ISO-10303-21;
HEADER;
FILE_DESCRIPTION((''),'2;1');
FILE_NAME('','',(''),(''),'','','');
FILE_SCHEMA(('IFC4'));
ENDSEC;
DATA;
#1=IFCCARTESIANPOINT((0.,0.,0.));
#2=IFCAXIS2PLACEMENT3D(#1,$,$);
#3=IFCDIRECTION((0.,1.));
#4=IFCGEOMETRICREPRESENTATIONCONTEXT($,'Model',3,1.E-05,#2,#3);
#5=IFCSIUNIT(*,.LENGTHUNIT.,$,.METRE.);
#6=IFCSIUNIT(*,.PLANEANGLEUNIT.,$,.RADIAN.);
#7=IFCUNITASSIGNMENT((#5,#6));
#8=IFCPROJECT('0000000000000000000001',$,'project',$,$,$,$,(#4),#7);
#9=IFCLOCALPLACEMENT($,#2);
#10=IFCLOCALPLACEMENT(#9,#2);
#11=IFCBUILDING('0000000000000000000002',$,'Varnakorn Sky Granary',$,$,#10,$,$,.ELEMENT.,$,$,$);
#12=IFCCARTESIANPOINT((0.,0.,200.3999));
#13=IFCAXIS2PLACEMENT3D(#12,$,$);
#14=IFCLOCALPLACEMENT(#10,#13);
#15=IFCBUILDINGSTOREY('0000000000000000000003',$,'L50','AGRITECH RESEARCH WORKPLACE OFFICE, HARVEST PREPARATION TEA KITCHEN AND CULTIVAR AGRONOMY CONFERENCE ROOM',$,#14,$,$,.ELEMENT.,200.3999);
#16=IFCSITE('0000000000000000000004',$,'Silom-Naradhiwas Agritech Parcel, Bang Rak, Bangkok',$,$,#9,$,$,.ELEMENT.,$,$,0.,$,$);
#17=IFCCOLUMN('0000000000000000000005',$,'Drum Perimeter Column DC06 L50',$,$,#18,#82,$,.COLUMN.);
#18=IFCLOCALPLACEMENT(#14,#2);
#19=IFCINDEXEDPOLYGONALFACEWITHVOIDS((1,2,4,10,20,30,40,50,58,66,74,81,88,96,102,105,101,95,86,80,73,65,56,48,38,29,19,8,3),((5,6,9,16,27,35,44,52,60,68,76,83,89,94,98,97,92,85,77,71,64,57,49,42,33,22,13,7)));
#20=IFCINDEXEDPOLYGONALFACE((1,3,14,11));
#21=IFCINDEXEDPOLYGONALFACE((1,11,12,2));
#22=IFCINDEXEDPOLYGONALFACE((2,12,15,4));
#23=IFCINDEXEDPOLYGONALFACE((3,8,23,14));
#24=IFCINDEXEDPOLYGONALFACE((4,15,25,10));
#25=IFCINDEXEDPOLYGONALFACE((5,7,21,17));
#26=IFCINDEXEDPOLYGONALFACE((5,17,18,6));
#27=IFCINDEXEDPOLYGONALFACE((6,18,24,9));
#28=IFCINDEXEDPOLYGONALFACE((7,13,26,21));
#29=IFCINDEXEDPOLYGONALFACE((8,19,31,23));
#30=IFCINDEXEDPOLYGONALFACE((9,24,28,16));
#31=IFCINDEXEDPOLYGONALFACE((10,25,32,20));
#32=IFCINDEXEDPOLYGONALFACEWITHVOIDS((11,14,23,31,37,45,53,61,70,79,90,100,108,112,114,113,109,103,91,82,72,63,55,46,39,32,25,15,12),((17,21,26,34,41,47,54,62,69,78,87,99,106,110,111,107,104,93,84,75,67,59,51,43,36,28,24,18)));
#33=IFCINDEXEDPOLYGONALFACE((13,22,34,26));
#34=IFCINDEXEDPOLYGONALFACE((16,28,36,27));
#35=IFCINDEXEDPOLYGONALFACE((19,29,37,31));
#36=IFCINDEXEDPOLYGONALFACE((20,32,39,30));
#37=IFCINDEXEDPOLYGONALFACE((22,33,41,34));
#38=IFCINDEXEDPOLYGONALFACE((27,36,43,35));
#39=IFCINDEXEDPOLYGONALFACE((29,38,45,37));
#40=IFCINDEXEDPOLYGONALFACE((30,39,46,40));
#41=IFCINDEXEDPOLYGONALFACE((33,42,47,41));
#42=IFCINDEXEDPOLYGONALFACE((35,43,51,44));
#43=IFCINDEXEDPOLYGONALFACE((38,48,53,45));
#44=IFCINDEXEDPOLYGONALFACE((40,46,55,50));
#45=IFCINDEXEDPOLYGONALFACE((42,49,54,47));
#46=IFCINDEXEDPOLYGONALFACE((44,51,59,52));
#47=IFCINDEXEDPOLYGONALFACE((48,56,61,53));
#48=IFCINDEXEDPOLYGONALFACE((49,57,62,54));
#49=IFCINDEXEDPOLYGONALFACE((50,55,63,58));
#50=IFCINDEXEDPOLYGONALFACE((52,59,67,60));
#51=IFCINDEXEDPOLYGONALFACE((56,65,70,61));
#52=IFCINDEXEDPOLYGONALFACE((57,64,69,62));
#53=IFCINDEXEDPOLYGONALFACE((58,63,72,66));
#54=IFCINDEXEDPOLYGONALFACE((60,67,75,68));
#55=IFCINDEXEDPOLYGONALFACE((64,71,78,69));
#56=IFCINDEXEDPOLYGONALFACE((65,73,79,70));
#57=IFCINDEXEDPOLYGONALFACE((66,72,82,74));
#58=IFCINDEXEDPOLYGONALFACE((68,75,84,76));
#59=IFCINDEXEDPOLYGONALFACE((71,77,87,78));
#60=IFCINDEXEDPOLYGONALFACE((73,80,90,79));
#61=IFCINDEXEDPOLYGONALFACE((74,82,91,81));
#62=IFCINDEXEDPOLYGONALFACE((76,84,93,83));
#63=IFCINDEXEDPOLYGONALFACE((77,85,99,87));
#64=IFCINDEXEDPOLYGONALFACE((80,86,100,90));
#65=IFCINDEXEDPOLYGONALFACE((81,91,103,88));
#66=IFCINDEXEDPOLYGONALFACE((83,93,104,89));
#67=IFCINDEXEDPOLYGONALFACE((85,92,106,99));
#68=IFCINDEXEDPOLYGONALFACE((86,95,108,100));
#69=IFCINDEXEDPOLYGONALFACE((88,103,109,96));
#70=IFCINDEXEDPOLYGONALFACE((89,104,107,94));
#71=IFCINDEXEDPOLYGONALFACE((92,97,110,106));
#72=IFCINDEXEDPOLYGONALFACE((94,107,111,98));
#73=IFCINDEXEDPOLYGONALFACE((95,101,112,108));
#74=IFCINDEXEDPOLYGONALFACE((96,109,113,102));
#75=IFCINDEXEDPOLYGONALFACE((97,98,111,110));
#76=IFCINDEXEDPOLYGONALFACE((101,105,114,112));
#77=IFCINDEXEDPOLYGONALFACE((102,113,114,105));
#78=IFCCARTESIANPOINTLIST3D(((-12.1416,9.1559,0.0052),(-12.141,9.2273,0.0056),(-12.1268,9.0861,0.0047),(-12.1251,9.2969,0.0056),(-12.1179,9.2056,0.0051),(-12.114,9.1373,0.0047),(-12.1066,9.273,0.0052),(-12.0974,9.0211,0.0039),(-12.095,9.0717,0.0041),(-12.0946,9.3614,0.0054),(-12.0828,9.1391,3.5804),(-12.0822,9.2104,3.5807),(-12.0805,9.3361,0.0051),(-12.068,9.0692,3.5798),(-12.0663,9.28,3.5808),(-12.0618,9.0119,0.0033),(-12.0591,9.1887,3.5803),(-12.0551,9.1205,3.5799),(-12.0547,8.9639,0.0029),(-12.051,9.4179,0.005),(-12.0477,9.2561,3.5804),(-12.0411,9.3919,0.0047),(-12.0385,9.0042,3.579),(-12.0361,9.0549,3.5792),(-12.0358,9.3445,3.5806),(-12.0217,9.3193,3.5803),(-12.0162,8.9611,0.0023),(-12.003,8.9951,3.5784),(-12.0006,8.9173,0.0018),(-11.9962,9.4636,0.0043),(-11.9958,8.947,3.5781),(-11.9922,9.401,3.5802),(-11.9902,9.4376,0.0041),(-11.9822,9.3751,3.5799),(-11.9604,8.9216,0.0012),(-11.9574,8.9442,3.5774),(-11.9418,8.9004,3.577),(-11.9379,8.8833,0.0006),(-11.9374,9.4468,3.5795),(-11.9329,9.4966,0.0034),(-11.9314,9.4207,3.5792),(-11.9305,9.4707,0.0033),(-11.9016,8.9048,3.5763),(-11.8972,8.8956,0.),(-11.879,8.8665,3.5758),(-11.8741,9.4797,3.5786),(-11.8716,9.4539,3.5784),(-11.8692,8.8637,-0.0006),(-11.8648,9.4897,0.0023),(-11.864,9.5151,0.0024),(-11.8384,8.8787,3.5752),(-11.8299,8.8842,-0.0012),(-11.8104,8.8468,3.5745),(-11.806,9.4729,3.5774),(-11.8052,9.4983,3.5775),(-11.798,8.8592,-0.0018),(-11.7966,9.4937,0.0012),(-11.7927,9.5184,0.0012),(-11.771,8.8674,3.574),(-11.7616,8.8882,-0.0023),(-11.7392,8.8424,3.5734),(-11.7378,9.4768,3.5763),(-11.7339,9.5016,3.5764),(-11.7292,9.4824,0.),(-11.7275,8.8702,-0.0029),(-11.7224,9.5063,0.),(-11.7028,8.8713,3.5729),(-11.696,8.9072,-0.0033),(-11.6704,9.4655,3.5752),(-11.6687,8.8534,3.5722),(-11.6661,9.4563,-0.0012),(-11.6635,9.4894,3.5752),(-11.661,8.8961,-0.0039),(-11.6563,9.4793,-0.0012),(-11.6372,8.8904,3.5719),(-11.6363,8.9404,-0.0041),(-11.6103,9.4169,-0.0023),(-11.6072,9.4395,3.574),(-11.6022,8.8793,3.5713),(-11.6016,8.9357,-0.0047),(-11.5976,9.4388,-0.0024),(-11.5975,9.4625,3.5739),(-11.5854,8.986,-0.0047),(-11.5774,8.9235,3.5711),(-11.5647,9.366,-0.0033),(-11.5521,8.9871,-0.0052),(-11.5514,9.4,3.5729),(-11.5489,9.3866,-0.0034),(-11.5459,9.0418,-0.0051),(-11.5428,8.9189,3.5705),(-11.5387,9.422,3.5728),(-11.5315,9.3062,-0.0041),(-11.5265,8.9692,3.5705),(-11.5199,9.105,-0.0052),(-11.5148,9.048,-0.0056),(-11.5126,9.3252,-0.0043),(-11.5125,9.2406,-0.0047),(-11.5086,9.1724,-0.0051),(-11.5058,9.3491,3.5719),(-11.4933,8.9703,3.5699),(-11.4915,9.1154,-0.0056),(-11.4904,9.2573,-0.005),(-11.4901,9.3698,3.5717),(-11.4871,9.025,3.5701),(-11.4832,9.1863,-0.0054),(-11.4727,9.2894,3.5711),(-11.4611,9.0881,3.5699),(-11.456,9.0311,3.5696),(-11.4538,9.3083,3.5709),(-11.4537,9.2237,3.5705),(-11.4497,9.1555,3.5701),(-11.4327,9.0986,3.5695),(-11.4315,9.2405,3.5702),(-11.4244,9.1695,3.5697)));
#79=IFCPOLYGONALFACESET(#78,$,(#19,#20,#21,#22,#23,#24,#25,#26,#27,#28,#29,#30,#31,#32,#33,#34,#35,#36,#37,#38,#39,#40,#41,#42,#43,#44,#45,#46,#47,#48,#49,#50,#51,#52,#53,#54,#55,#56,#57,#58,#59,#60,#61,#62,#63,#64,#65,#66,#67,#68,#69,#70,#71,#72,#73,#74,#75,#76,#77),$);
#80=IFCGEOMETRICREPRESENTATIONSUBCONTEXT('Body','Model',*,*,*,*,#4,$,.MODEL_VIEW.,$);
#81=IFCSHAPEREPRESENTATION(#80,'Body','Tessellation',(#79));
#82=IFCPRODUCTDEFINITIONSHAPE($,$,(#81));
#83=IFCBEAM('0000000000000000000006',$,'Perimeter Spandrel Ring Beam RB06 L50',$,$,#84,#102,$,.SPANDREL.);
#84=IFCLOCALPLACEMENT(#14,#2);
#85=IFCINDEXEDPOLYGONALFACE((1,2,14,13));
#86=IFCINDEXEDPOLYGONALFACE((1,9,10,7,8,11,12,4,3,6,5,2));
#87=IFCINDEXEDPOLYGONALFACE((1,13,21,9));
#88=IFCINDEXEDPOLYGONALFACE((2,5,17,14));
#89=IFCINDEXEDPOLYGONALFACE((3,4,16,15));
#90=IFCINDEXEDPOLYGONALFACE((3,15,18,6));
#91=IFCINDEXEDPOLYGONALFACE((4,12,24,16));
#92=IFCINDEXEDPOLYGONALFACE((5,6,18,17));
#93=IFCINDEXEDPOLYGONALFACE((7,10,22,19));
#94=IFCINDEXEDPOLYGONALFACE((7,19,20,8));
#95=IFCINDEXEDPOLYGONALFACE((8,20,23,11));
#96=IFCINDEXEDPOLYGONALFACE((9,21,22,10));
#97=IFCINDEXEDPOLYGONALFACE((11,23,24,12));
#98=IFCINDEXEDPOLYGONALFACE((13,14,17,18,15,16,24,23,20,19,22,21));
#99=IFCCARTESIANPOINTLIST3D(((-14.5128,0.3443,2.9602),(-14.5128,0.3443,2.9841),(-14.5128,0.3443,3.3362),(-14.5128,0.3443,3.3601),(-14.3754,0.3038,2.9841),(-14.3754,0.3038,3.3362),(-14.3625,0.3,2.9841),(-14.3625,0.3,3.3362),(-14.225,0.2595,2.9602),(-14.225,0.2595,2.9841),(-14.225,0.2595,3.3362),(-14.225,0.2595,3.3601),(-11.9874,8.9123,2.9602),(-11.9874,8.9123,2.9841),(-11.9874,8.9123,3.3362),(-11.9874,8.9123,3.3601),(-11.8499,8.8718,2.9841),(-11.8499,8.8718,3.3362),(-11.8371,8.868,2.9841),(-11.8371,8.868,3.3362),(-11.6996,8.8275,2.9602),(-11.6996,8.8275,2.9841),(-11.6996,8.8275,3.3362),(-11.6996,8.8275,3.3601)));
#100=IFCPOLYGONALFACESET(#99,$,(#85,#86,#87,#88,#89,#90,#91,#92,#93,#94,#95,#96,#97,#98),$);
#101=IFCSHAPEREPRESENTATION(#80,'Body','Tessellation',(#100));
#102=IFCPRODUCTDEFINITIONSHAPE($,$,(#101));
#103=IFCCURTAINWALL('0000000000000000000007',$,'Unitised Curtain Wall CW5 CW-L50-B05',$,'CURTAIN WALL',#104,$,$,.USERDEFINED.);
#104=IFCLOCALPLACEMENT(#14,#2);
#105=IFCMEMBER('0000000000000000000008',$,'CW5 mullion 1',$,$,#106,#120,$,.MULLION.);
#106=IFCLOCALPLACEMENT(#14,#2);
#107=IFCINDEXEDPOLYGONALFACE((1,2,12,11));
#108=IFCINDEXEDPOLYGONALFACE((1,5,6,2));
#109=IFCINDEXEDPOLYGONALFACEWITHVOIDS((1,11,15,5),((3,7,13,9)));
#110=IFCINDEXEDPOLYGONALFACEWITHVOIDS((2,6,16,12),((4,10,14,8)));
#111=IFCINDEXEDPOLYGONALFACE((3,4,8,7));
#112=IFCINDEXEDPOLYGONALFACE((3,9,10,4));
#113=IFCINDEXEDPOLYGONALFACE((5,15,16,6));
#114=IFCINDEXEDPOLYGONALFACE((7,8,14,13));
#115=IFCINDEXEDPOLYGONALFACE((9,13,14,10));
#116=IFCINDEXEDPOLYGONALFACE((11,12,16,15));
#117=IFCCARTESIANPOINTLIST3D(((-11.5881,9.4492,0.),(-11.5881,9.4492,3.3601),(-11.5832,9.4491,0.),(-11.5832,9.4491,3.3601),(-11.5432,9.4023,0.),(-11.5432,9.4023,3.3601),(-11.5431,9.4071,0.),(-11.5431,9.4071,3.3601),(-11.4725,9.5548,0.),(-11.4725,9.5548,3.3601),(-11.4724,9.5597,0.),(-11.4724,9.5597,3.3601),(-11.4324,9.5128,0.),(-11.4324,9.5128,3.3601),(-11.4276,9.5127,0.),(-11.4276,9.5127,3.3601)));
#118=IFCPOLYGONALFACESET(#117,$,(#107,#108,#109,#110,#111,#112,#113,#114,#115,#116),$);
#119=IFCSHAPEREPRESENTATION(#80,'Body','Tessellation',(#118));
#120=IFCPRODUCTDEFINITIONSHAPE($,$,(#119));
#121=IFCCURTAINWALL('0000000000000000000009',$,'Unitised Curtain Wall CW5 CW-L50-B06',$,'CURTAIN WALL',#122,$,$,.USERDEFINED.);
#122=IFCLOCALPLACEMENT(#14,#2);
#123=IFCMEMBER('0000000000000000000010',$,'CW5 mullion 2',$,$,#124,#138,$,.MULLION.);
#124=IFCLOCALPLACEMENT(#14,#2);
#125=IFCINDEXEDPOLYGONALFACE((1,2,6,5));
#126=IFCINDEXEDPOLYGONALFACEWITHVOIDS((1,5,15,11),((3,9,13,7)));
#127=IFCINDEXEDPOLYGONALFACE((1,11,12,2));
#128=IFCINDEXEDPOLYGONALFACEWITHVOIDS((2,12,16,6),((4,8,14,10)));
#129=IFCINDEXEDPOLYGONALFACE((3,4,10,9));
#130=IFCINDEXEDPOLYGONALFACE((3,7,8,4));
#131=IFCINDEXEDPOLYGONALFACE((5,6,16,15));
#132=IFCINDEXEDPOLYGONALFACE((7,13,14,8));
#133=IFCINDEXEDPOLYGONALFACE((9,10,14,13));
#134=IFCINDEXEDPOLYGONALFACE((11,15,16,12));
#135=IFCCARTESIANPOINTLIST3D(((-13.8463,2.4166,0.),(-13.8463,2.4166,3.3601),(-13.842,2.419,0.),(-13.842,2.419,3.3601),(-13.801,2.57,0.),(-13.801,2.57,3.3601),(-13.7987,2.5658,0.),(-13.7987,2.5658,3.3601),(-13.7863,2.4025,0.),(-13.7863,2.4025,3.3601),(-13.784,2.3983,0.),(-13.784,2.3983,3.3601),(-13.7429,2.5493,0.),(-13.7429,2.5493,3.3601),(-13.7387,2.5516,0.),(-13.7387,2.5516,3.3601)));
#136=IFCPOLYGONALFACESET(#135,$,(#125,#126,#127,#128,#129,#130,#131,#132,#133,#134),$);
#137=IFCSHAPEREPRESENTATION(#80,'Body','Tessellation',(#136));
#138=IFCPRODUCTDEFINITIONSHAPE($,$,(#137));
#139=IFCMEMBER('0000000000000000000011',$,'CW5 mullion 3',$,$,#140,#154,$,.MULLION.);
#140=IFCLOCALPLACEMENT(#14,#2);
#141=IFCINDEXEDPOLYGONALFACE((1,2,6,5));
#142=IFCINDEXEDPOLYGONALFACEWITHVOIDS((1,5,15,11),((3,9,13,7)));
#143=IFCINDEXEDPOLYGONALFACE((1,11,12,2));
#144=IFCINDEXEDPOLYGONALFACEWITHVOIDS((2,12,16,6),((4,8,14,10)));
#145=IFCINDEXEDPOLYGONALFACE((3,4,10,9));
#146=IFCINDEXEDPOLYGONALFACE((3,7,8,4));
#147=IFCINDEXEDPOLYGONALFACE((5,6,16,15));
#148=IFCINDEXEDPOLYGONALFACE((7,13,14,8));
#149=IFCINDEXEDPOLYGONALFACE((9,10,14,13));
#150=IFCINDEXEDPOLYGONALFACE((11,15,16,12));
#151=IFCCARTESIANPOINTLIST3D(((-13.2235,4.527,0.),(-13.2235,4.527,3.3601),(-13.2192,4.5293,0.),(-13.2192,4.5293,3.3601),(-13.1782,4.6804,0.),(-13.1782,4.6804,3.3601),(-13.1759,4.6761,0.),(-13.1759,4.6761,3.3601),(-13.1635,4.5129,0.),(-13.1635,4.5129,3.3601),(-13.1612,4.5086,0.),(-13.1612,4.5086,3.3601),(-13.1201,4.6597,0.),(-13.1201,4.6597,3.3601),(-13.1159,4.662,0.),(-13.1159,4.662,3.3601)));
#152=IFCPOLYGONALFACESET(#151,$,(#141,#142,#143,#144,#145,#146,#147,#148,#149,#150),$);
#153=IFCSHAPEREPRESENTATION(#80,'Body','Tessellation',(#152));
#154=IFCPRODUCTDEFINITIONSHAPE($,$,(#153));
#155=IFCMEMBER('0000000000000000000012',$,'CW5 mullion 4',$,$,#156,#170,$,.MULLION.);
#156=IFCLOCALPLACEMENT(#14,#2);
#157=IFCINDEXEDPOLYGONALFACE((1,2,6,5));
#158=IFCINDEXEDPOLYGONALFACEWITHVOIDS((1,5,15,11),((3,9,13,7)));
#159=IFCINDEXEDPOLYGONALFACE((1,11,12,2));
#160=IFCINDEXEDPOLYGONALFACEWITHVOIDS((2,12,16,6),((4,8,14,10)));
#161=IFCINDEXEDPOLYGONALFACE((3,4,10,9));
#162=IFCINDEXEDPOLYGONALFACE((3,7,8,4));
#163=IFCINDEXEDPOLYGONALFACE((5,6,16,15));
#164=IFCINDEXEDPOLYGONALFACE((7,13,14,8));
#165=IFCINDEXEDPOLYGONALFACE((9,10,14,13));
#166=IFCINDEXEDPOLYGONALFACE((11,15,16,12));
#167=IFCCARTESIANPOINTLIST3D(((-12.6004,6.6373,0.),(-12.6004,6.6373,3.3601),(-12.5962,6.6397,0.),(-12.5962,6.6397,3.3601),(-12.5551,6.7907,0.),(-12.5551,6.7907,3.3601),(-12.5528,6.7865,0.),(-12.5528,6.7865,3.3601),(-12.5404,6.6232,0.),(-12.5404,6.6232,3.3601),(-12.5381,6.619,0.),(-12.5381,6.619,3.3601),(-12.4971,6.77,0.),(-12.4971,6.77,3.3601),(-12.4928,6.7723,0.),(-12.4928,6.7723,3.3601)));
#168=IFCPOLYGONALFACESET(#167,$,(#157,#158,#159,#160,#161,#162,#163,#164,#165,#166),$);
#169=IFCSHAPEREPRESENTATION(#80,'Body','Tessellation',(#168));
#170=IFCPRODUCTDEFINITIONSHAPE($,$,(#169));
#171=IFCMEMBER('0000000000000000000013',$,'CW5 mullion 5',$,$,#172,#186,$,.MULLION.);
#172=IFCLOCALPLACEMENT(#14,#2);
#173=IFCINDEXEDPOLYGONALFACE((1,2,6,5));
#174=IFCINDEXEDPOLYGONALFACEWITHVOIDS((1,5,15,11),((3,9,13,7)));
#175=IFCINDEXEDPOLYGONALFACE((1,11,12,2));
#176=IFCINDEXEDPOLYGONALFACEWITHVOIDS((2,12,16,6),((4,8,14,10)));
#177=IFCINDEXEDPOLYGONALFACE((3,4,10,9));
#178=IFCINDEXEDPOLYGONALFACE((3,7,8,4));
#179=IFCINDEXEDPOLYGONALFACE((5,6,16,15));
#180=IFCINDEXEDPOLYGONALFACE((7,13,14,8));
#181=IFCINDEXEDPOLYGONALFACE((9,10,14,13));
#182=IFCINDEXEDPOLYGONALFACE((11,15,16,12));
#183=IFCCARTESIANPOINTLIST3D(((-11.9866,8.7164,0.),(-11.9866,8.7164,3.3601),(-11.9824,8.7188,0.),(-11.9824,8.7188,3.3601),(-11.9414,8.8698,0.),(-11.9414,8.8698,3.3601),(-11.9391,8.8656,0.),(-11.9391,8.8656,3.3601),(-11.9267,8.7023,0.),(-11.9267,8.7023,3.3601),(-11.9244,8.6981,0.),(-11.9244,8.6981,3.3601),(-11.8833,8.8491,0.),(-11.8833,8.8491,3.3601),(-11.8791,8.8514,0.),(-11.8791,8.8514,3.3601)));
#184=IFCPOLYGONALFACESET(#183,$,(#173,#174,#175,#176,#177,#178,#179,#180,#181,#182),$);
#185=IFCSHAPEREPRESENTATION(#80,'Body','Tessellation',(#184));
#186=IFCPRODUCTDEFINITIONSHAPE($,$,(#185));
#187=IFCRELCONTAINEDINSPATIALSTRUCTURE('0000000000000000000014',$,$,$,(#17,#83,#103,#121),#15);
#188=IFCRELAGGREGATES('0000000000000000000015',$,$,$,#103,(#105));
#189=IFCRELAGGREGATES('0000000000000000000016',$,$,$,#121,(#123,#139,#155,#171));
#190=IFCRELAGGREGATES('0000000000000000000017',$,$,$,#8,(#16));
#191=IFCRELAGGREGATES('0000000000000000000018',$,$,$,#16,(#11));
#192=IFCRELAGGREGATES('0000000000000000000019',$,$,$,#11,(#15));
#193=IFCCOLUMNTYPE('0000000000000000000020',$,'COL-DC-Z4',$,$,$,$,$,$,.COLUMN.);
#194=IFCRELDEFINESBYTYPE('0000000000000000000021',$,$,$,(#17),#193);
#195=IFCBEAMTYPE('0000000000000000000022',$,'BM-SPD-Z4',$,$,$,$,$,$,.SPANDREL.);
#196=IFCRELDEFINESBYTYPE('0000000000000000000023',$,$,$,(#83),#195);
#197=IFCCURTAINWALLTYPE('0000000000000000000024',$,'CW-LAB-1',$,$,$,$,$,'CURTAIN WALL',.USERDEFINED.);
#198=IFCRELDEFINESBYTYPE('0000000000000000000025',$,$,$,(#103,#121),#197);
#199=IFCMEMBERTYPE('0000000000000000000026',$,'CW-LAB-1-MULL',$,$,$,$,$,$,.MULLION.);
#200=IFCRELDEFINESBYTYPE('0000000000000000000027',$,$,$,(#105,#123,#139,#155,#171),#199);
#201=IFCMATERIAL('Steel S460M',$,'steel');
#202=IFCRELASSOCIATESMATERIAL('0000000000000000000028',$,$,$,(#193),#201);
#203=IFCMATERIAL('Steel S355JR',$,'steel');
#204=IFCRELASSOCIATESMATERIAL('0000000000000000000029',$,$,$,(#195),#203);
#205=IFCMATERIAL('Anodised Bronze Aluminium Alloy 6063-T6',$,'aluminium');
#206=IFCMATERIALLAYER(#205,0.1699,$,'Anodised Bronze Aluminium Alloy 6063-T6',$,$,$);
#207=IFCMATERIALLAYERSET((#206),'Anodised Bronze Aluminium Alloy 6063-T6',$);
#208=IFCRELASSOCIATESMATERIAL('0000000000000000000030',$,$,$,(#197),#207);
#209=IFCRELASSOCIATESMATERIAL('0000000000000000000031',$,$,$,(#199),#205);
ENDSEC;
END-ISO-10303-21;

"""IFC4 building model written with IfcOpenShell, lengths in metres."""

from ifc_helpers import new_model, si_unit, direction, frame, origin, origin_2d, place, context, subcontext, project, spatial, hollow_rectangle, hollow_circle, i_section, extrude, material, layer, layer_set, material_profile, profile_set, type_object, element, aggregate, save


model = new_model("IFC4")

# Units and contexts
model_context = context("Model", 3, precision=1e-05, world=origin(), true_north=direction((0.0, 1.0)))
body_context = subcontext(model_context, "Body", "Model", "MODEL_VIEW")
ifc_project = project(units=[si_unit("LENGTHUNIT", "METRE"), si_unit("PLANEANGLEUNIT", "RADIAN")], contexts=[model_context])

# Site, building, storey
site_placement = place(None, origin())
site = spatial("IfcSite", under=ifc_project, at=site_placement, Name="Silom-Naradhiwas Agritech Parcel, Bang Rak, Bangkok", CompositionType="ELEMENT", RefElevation=0.0)
building_placement = place(site_placement, origin())
building = spatial("IfcBuilding", under=site, at=building_placement, Name="Varnakorn Sky Granary", CompositionType="ELEMENT")
storey_placement = place(building_placement, frame((0.0, 0.0, 200.3999)))
storey = spatial("IfcBuildingStorey", under=building, at=storey_placement, Name="L50", Description="AGRITECH RESEARCH WORKPLACE OFFICE, HARVEST PREPARATION TEA KITCHEN AND CULTIVAR AGRONOMY CONFERENCE ROOM", CompositionType="ELEMENT", Elevation=200.3999)

# Column
ifc_material_1 = material(Name="Steel S460M", Category="steel")
ifc_material_profile_1 = material_profile(ifc_material_1, hollow_circle(Radius=0.3301, WallThickness=0.0249, at=origin_2d()), Name="CHS 660x25")
ifc_profile_set_1 = profile_set([ifc_material_profile_1], Name="Steel S460M")
column_type = type_object("IfcColumnType", Name="COL-DC-Z4", PredefinedType="COLUMN", material=ifc_profile_set_1)
column_placement = place(storey_placement, frame((-11.8132, 9.189, 0.0), z_axis=(0.016455, -0.004711, 0.999854), x_axis=(0.275248, 0.961373, 0.0)))
element("IfcColumn", 1, at=column_placement, inside=storey, type_object=column_type, Name="Drum Perimeter Column DC06 L50", PredefinedType="COLUMN", context=body_context, shape_type="SweptSolid", body=[
    extrude(hollow_circle(Radius=0.3301, WallThickness=0.0249, at=origin_2d()), origin(), (0.0, 0.0, 1.0), 3.5757),
])

# Beam
ifc_material_2 = material(Name="Steel S355JR", Category="steel")
ifc_material_profile_2 = material_profile(ifc_material_2, i_section(OverallWidth=0.3, OverallDepth=0.3999, WebThickness=0.0134, FlangeThickness=0.0239, at=origin_2d()), Name="HE 400 B")
ifc_profile_set_2 = profile_set([ifc_material_profile_2], Name="Steel S355JR")
beam_type = type_object("IfcBeamType", Name="BM-SPD-Z4", PredefinedType="SPANDREL", material=ifc_profile_set_2)
beam_placement = place(storey_placement, frame((-11.8435, 8.8699, 3.1602), z_axis=(-0.282726, -0.959201, 0.0), x_axis=(0.959201, -0.282726, 0.0)))
element("IfcBeam", 2, at=beam_placement, inside=storey, type_object=beam_type, Name="Perimeter Spandrel Ring Beam RB06 L50", PredefinedType="SPANDREL", context=body_context, shape_type="SweptSolid", body=[
    extrude(i_section(OverallWidth=0.3, OverallDepth=0.3999, WebThickness=0.0134, FlangeThickness=0.0239, at=origin_2d()), origin(), (0.0, 0.0, 1.0), 8.9324),
])

# Curtain wall, member
ifc_material_3 = material(Name="Anodised Bronze Aluminium Alloy 6063-T6", Category="aluminium")
ifc_layer_1 = layer(ifc_material_3, 0.1699, Name="Anodised Bronze Aluminium Alloy 6063-T6")
ifc_layer_set_1 = layer_set([ifc_layer_1], Name="Anodised Bronze Aluminium Alloy 6063-T6")
curtain_wall_type = type_object("IfcCurtainWallType", Name="CW-LAB-1", ElementType="CURTAIN WALL", PredefinedType="USERDEFINED", material=ifc_layer_set_1)
curtain_wall_1_placement = place(storey_placement, origin())
curtain_wall_1 = element("IfcCurtainWall", 3, at=curtain_wall_1_placement, inside=storey, type_object=curtain_wall_type, Name="Unitised Curtain Wall CW5 CW-L50-B05", ObjectType="CURTAIN WALL", PredefinedType="USERDEFINED")
ifc_material_profile_3 = material_profile(ifc_material_3, hollow_rectangle(XDim=0.0649, YDim=0.1599, WallThickness=0.0034, at=origin_2d()), Name="ALU MULL 65x160")
ifc_profile_set_3 = profile_set([ifc_material_profile_3], Name="Anodised Bronze Aluminium Alloy 6063-T6")
member_type_1 = type_object("IfcMemberType", Name="CW-LAB-1-MULL", PredefinedType="MULLION", material=ifc_profile_set_3)
member_1_placement = place(storey_placement, frame((-11.5078, 9.481, 0.0), z_axis=(0.0, 0.0, 1.0), x_axis=(-0.690697, 0.723144, 0.0)))
member_1 = element("IfcMember", 4, at=member_1_placement, type_object=member_type_1, Name="CW5 mullion 1", PredefinedType="MULLION", context=body_context, shape_type="SweptSolid", body=[
    extrude(hollow_rectangle(XDim=0.0649, YDim=0.1599, WallThickness=0.0034, at=origin_2d()), origin(), (0.0, 0.0, 1.0), 3.3601),
])
aggregate(curtain_wall_1, [member_1])

# Curtain wall, members
curtain_wall_2_placement = place(storey_placement, origin())
curtain_wall_2 = element("IfcCurtainWall", 5, at=curtain_wall_2_placement, inside=storey, type_object=curtain_wall_type, Name="Unitised Curtain Wall CW5 CW-L50-B06", ObjectType="CURTAIN WALL", PredefinedType="USERDEFINED")
member_2_placement = place(storey_placement, frame((-13.7925, 2.4841, 0.0), z_axis=(0.0, 0.0, 1.0), x_axis=(-0.959077, 0.283144, 0.0)))
member_2 = element("IfcMember", 6, at=member_2_placement, type_object=member_type_1, Name="CW5 mullion 2", PredefinedType="MULLION", context=body_context, shape_type="SweptSolid", body=[
    extrude(hollow_rectangle(XDim=0.0649, YDim=0.1599, WallThickness=0.0034, at=origin_2d()), origin(), (0.0, 0.0, 1.0), 3.3601),
])
member_3_placement = place(storey_placement, frame((-13.1697, 4.5945, 0.0), z_axis=(0.0, 0.0, 1.0), x_axis=(-0.959077, 0.283144, 0.0)))
member_3 = element("IfcMember", 7, at=member_3_placement, type_object=member_type_1, Name="CW5 mullion 3", PredefinedType="MULLION", context=body_context, shape_type="SweptSolid", body=[
    extrude(hollow_rectangle(XDim=0.0649, YDim=0.1599, WallThickness=0.0034, at=origin_2d()), origin(), (0.0, 0.0, 1.0), 3.3601),
])
member_4_placement = place(storey_placement, frame((-12.5466, 6.7048, 0.0), z_axis=(0.0, 0.0, 1.0), x_axis=(-0.959077, 0.283144, 0.0)))
member_4 = element("IfcMember", 8, at=member_4_placement, type_object=member_type_1, Name="CW5 mullion 4", PredefinedType="MULLION", context=body_context, shape_type="SweptSolid", body=[
    extrude(hollow_rectangle(XDim=0.0649, YDim=0.1599, WallThickness=0.0034, at=origin_2d()), origin(), (0.0, 0.0, 1.0), 3.3601),
])
member_5_placement = place(storey_placement, frame((-11.9329, 8.7839, 0.0), z_axis=(0.0, 0.0, 1.0), x_axis=(-0.959077, 0.283144, 0.0)))
member_5 = element("IfcMember", 9, at=member_5_placement, type_object=member_type_1, Name="CW5 mullion 5", PredefinedType="MULLION", context=body_context, shape_type="SweptSolid", body=[
    extrude(hollow_rectangle(XDim=0.0649, YDim=0.1599, WallThickness=0.0034, at=origin_2d()), origin(), (0.0, 0.0, 1.0), 3.3601),
])

aggregate(curtain_wall_2, [member_2, member_3, member_4, member_5])

save(model, "model.ifc")
